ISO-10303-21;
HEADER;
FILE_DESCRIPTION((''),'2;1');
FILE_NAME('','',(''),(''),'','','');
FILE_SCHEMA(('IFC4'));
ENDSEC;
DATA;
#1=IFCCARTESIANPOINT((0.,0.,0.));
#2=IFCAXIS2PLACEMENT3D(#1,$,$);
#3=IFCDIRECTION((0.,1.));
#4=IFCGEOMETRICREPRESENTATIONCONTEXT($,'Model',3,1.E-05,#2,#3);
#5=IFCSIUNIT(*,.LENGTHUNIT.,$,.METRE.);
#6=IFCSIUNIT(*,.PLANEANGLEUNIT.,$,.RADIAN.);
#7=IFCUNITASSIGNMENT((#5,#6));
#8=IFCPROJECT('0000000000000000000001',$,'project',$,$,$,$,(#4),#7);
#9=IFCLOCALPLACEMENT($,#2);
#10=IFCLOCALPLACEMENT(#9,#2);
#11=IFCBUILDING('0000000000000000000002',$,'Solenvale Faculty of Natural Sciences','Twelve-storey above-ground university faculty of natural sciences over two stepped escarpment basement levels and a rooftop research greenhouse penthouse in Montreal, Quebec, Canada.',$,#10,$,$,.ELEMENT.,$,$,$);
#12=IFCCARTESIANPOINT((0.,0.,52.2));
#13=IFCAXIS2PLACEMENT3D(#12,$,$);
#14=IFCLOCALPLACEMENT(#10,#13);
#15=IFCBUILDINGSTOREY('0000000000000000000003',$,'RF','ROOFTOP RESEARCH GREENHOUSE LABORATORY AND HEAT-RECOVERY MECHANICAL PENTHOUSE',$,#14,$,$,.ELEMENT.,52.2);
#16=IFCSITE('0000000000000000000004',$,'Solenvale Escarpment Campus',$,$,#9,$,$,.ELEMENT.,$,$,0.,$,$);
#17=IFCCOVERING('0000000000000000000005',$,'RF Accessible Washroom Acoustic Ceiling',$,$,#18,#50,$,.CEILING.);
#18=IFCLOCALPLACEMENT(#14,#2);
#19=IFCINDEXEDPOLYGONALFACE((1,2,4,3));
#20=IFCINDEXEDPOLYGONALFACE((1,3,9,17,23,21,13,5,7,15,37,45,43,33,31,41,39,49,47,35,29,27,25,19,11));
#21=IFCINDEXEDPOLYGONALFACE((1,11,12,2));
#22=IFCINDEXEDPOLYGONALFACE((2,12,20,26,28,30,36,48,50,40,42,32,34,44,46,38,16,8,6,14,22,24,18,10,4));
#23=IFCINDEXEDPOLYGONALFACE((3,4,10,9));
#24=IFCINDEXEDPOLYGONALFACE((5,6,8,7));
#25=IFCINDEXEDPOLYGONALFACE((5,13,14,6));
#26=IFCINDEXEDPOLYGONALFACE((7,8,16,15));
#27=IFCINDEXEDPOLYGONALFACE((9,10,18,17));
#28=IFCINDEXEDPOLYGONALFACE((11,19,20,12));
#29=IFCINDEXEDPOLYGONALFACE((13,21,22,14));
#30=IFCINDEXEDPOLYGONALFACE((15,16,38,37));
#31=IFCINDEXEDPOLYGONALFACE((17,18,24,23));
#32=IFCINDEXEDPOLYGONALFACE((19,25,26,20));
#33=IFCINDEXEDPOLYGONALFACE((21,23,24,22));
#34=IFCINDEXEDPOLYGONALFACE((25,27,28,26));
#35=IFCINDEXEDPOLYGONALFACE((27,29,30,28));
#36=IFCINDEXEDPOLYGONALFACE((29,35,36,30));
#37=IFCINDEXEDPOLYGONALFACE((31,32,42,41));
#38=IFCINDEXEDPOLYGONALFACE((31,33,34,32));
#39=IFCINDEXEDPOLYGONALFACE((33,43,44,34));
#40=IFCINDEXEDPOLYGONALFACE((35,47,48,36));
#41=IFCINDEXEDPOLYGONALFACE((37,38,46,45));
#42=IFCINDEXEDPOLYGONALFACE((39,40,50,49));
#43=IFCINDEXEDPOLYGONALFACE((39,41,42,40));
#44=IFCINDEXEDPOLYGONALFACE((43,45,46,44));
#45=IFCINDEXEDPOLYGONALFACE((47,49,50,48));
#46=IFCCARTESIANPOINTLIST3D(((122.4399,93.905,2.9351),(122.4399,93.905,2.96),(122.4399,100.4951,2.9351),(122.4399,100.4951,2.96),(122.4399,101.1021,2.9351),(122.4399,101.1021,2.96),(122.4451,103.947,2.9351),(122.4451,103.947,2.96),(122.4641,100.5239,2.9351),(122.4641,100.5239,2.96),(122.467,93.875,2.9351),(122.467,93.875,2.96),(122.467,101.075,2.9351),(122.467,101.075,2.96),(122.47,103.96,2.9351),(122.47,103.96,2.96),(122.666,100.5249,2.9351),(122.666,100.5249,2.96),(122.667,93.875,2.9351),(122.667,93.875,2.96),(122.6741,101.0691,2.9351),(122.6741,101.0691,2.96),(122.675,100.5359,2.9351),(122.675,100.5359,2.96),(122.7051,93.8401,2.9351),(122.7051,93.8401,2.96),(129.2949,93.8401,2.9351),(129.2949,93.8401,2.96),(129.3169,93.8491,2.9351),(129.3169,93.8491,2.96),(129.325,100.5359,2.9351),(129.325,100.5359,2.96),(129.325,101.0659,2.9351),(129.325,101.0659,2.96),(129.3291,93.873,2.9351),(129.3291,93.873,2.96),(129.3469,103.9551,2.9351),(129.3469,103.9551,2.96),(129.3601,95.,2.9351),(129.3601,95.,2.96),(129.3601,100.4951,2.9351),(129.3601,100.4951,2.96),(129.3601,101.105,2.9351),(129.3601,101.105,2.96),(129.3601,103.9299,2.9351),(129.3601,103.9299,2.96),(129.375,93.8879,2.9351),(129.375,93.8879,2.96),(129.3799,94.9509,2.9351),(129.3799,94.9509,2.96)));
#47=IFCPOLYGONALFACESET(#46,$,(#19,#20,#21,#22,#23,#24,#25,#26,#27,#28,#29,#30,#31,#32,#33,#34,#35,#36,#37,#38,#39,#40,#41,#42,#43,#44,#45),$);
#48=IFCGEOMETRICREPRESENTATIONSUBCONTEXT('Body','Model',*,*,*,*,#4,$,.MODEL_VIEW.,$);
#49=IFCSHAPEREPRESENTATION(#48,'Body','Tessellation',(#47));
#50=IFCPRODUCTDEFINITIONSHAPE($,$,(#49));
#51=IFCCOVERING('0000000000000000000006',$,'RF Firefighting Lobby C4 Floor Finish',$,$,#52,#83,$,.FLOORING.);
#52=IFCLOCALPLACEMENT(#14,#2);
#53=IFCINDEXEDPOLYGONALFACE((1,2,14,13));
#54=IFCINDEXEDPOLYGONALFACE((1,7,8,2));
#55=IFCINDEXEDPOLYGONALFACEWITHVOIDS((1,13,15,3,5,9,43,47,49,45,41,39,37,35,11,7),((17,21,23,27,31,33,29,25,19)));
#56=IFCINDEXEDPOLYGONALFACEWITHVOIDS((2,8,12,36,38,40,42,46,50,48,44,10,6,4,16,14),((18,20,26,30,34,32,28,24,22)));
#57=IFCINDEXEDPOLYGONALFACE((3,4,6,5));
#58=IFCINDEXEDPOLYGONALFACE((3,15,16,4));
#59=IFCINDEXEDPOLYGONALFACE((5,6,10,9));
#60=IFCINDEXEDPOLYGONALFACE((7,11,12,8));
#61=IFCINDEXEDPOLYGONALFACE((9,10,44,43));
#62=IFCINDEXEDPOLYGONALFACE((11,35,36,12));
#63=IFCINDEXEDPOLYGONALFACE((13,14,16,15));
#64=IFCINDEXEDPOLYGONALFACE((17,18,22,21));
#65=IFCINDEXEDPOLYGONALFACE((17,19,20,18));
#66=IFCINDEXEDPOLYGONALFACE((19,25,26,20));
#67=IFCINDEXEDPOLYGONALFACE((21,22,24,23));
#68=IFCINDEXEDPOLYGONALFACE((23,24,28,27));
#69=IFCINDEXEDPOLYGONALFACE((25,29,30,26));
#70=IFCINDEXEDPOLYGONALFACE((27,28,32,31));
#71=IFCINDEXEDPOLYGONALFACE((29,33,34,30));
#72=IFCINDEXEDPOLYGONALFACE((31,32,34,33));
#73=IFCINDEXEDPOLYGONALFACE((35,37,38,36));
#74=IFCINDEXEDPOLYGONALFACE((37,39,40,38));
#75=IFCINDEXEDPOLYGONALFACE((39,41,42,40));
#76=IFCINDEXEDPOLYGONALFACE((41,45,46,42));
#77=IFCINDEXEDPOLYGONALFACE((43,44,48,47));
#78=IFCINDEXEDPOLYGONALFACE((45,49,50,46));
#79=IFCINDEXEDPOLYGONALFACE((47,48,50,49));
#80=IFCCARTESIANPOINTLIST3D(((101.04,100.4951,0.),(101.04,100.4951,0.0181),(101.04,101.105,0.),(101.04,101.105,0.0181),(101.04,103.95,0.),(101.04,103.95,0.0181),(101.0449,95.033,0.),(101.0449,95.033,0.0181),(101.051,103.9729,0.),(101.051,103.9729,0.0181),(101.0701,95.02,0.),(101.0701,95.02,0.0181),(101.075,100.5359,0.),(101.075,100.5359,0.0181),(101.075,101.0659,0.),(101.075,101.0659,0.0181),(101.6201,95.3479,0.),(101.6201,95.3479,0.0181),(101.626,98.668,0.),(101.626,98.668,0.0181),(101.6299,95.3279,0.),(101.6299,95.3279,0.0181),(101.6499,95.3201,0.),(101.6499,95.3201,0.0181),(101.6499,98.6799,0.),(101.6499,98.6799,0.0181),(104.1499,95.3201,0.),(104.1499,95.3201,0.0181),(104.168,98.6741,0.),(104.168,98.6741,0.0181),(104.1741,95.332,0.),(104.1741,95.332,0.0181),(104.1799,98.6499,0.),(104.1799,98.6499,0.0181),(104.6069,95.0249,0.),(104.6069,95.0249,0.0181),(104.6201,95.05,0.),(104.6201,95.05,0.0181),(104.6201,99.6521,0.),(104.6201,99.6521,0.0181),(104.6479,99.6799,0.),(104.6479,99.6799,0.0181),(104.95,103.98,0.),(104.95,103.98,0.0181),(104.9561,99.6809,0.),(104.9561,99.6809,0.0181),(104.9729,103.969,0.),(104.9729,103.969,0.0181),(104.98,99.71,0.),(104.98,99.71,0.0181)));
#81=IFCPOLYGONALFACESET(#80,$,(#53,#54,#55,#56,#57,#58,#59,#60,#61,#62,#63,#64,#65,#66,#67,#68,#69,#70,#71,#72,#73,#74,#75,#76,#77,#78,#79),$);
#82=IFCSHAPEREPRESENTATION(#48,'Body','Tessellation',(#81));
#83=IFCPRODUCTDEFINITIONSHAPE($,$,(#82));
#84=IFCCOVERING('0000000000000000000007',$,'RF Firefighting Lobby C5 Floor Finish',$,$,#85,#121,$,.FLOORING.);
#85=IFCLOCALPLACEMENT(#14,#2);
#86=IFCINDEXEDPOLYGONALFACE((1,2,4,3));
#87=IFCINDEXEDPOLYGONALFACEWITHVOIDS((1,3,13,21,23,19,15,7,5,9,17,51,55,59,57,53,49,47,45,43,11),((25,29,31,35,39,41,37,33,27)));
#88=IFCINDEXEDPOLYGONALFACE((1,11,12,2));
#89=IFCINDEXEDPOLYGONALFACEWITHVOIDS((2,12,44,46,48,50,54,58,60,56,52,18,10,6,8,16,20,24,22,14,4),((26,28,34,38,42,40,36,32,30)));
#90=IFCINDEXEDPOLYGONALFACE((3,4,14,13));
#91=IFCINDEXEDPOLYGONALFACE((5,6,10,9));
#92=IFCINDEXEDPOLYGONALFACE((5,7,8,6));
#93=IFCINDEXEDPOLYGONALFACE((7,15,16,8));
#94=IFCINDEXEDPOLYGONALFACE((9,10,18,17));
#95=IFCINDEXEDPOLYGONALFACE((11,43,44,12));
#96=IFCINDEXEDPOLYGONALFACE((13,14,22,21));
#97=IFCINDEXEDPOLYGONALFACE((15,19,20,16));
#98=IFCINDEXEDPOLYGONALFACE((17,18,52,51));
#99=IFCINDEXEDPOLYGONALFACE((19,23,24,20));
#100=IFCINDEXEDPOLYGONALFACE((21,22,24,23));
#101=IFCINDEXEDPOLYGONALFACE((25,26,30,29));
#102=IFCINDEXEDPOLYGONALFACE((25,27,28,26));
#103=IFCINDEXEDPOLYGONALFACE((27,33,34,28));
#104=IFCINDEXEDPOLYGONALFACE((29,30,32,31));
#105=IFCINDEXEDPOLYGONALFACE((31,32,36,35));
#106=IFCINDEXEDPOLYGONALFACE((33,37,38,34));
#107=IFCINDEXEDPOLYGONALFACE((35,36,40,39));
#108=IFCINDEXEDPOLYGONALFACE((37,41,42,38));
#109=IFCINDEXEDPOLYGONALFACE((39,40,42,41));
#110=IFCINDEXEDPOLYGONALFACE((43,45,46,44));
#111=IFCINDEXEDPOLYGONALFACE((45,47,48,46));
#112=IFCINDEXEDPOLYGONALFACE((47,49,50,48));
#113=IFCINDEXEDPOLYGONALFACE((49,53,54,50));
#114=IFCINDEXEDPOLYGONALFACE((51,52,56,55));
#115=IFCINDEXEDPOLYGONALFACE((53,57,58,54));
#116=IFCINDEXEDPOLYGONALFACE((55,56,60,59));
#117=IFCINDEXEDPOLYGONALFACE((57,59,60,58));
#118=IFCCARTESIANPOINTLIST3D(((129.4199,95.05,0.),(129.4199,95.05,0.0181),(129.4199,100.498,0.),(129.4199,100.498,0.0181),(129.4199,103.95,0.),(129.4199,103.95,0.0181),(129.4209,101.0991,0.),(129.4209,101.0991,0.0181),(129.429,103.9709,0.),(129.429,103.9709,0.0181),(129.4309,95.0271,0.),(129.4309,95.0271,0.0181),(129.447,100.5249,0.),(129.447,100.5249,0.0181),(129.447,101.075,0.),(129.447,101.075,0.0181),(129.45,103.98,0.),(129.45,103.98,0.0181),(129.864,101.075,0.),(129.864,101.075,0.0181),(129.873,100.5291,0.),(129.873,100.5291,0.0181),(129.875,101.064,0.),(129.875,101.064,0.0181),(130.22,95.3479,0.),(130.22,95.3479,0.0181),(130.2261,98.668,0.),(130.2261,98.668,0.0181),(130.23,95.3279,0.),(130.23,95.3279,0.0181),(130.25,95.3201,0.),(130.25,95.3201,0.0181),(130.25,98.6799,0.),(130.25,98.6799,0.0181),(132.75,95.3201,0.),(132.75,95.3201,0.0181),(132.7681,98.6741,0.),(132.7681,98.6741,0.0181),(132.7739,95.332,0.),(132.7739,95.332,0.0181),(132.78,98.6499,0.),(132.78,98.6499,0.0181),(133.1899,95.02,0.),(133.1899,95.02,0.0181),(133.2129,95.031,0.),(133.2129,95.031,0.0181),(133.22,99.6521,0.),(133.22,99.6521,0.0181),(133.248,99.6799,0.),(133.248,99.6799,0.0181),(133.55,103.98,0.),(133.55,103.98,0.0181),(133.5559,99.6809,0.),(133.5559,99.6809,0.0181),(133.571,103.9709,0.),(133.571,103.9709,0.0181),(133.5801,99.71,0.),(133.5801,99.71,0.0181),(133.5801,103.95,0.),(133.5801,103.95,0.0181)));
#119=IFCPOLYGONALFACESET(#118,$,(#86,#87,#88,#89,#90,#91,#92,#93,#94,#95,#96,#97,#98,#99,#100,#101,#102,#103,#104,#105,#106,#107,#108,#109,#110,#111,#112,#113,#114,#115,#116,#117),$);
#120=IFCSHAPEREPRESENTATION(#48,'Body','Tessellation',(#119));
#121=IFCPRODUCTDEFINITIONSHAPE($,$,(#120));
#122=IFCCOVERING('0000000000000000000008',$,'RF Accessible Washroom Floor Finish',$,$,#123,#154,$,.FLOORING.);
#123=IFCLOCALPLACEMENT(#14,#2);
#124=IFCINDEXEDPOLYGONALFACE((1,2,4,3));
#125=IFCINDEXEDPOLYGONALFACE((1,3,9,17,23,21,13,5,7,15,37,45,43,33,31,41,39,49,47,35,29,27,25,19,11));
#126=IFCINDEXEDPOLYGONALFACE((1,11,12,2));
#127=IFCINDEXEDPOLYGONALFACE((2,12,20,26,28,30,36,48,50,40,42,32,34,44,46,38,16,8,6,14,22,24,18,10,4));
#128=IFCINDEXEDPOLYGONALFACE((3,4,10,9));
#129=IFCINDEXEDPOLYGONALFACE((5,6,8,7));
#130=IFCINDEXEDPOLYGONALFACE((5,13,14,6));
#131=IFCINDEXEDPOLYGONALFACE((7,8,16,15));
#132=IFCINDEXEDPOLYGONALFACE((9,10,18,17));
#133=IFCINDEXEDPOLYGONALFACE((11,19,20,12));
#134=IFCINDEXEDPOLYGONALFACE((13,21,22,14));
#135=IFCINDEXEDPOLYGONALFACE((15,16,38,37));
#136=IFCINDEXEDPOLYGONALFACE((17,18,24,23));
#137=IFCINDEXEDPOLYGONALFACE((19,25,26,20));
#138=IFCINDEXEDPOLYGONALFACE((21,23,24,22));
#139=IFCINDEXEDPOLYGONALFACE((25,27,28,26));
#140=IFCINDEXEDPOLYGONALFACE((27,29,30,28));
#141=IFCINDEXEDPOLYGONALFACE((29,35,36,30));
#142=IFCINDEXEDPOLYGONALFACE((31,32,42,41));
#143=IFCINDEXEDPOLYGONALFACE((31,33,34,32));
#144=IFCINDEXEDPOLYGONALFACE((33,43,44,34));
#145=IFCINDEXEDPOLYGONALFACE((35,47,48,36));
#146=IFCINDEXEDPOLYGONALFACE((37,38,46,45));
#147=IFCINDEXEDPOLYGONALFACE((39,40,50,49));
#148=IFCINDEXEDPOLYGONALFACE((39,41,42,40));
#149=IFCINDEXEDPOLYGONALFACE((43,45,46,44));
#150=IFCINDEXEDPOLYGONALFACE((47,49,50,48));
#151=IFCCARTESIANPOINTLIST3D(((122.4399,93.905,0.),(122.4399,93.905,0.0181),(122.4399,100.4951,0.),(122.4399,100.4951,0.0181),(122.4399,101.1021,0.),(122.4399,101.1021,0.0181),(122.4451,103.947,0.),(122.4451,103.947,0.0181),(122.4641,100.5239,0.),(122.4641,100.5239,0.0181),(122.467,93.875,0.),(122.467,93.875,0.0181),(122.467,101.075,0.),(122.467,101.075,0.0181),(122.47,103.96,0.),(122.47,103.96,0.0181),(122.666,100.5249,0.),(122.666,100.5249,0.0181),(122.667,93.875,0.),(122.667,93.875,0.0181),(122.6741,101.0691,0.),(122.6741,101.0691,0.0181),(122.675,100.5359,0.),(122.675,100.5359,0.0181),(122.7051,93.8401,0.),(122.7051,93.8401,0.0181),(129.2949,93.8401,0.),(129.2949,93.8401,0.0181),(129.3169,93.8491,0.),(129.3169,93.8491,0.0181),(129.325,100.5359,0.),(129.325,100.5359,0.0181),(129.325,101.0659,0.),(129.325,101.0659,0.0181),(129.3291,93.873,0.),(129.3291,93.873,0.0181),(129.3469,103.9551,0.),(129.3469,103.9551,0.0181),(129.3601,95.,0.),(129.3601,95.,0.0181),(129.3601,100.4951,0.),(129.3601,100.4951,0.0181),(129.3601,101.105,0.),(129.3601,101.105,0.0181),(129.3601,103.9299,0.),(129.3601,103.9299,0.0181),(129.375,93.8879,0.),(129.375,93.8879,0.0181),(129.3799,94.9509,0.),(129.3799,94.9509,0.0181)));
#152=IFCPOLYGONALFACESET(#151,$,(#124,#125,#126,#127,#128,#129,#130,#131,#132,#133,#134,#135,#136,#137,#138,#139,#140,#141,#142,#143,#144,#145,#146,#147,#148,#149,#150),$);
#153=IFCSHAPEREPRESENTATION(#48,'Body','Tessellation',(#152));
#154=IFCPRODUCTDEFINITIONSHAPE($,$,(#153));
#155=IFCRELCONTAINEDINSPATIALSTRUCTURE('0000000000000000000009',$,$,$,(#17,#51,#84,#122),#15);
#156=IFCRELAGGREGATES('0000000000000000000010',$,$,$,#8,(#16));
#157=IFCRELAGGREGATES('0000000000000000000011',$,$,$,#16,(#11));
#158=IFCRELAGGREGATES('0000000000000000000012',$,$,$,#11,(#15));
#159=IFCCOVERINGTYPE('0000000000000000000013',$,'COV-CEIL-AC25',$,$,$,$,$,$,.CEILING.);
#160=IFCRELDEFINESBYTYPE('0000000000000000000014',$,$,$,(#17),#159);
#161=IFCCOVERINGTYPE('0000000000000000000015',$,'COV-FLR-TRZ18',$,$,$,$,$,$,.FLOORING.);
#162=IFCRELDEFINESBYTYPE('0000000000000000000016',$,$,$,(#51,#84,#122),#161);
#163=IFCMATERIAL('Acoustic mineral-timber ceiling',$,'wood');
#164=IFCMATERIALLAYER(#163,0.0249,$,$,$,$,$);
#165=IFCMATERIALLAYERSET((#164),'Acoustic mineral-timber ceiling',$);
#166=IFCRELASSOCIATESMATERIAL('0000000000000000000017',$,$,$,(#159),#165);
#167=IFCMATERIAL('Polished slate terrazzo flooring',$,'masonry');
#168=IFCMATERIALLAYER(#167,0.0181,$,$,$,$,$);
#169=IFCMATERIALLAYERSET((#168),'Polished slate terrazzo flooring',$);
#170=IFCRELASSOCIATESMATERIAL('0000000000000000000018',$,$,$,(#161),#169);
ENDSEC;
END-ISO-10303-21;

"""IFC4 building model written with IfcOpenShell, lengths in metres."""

from ifc_helpers import new_model, si_unit, direction, frame, origin, place, context, subcontext, project, spatial, polyline, outline, extrude, material, layer, layer_set, type_object, element, save


model = new_model("IFC4")

# Units and contexts
model_context = context("Model", 3, precision=1e-05, world=origin(), true_north=direction((0.0, 1.0)))
body_context = subcontext(model_context, "Body", "Model", "MODEL_VIEW")
ifc_project = project(units=[si_unit("LENGTHUNIT", "METRE"), si_unit("PLANEANGLEUNIT", "RADIAN")], contexts=[model_context])

# Site, building, storey
site_placement = place(None, origin())
site = spatial("IfcSite", under=ifc_project, at=site_placement, Name="Solenvale Escarpment Campus", CompositionType="ELEMENT", RefElevation=0.0)
building_placement = place(site_placement, origin())
building = spatial("IfcBuilding", under=site, at=building_placement, Name="Solenvale Faculty of Natural Sciences", Description="Twelve-storey above-ground university faculty of natural sciences over two stepped escarpment basement levels and a rooftop research greenhouse penthouse in Montreal, Quebec, Canada.", CompositionType="ELEMENT")
storey_placement = place(building_placement, frame((0.0, 0.0, 52.2)))
storey = spatial("IfcBuildingStorey", under=building, at=storey_placement, Name="RF", Description="ROOFTOP RESEARCH GREENHOUSE LABORATORY AND HEAT-RECOVERY MECHANICAL PENTHOUSE", CompositionType="ELEMENT", Elevation=52.2)

# Coverings
ifc_material_1 = material(Name="Acoustic mineral-timber ceiling", Category="wood")
ifc_layer_1 = layer(ifc_material_1, 0.0249)
ifc_layer_set_1 = layer_set([ifc_layer_1], Name="Acoustic mineral-timber ceiling")
covering_type_1 = type_object("IfcCoveringType", Name="COV-CEIL-AC25", PredefinedType="CEILING", material=ifc_layer_set_1)
covering_1_placement = place(storey_placement, frame((0.0, 0.0, 2.9351)))
element("IfcCovering", 1, at=covering_1_placement, inside=storey, type_object=covering_type_1, Name="RF Accessible Washroom Acoustic Ceiling", PredefinedType="CEILING", context=body_context, shape_type="SweptSolid", body=[
    extrude(outline(polyline([(122.7051, 93.8401), (122.667, 93.875), (122.467, 93.875), (122.4399, 93.905), (122.4399, 100.4951), (122.4641, 100.5239), (122.666, 100.5249), (122.675, 100.5359), (122.6741, 101.0691), (122.467, 101.075), (122.4399, 101.1021), (122.4451, 103.947), (122.47, 103.96), (129.3469, 103.9551), (129.3601, 103.9299), (129.3601, 101.105), (129.325, 101.0659), (129.325, 100.5359), (129.3601, 100.4951), (129.3601, 95.0), (129.3799, 94.9509), (129.375, 93.8879), (129.3291, 93.873), (129.3169, 93.8491), (129.2949, 93.8401), (122.7051, 93.8401)])), origin(), (0.0, 0.0, 1.0), 0.0249),
])
ifc_material_2 = material(Name="Polished slate terrazzo flooring", Category="masonry")
ifc_layer_2 = layer(ifc_material_2, 0.0181)
ifc_layer_set_2 = layer_set([ifc_layer_2], Name="Polished slate terrazzo flooring")
covering_type_2 = type_object("IfcCoveringType", Name="COV-FLR-TRZ18", PredefinedType="FLOORING", material=ifc_layer_set_2)
covering_2_placement = place(storey_placement, origin())
element("IfcCovering", 2, at=covering_2_placement, inside=storey, type_object=covering_type_2, Name="RF Firefighting Lobby C4 Floor Finish", PredefinedType="FLOORING", context=body_context, shape_type="SweptSolid", body=[
    extrude(outline(polyline([(101.04, 100.4951), (101.075, 100.5359), (101.075, 101.0659), (101.04, 101.105), (101.04, 103.95), (101.051, 103.9729), (104.95, 103.98), (104.9729, 103.969), (104.98, 99.71), (104.9561, 99.6809), (104.6479, 99.6799), (104.6201, 99.6521), (104.6201, 95.05), (104.6069, 95.0249), (101.0701, 95.02), (101.0449, 95.033), (101.04, 100.4951)]), holes=[polyline([(101.6201, 95.3479), (101.6299, 95.3279), (101.6499, 95.3201), (104.1499, 95.3201), (104.1741, 95.332), (104.1799, 98.6499), (104.168, 98.6741), (101.6499, 98.6799), (101.626, 98.668), (101.6201, 95.3479)])]), origin(), (0.0, 0.0, 1.0), 0.0181),
])
covering_3_placement = place(storey_placement, origin())
element("IfcCovering", 3, at=covering_3_placement, inside=storey, type_object=covering_type_2, Name="RF Firefighting Lobby C5 Floor Finish", PredefinedType="FLOORING", context=body_context, shape_type="SweptSolid", body=[
    extrude(outline(polyline([(133.5801, 99.71), (133.5559, 99.6809), (133.248, 99.6799), (133.22, 99.6521), (133.2129, 95.031), (133.1899, 95.02), (129.4309, 95.0271), (129.4199, 95.05), (129.4199, 100.498), (129.447, 100.5249), (129.873, 100.5291), (129.875, 101.064), (129.864, 101.075), (129.447, 101.075), (129.4209, 101.0991), (129.4199, 103.95), (129.429, 103.9709), (129.45, 103.98), (133.55, 103.98), (133.571, 103.9709), (133.5801, 103.95), (133.5801, 99.71)]), holes=[polyline([(130.22, 95.3479), (130.23, 95.3279), (130.25, 95.3201), (132.75, 95.3201), (132.7739, 95.332), (132.78, 98.6499), (132.7681, 98.6741), (130.25, 98.6799), (130.2261, 98.668), (130.22, 95.3479)])]), origin(), (0.0, 0.0, 1.0), 0.0181),
])
covering_4_placement = place(storey_placement, origin())
element("IfcCovering", 4, at=covering_4_placement, inside=storey, type_object=covering_type_2, Name="RF Accessible Washroom Floor Finish", PredefinedType="FLOORING", context=body_context, shape_type="SweptSolid", body=[
    extrude(outline(polyline([(122.7051, 93.8401), (122.667, 93.875), (122.467, 93.875), (122.4399, 93.905), (122.4399, 100.4951), (122.4641, 100.5239), (122.666, 100.5249), (122.675, 100.5359), (122.6741, 101.0691), (122.467, 101.075), (122.4399, 101.1021), (122.4451, 103.947), (122.47, 103.96), (129.3469, 103.9551), (129.3601, 103.9299), (129.3601, 101.105), (129.325, 101.0659), (129.325, 100.5359), (129.3601, 100.4951), (129.3601, 95.0), (129.3799, 94.9509), (129.375, 93.8879), (129.3291, 93.873), (129.3169, 93.8491), (129.2949, 93.8401), (122.7051, 93.8401)])), origin(), (0.0, 0.0, 1.0), 0.0181),
])

save(model, "model.ifc")
